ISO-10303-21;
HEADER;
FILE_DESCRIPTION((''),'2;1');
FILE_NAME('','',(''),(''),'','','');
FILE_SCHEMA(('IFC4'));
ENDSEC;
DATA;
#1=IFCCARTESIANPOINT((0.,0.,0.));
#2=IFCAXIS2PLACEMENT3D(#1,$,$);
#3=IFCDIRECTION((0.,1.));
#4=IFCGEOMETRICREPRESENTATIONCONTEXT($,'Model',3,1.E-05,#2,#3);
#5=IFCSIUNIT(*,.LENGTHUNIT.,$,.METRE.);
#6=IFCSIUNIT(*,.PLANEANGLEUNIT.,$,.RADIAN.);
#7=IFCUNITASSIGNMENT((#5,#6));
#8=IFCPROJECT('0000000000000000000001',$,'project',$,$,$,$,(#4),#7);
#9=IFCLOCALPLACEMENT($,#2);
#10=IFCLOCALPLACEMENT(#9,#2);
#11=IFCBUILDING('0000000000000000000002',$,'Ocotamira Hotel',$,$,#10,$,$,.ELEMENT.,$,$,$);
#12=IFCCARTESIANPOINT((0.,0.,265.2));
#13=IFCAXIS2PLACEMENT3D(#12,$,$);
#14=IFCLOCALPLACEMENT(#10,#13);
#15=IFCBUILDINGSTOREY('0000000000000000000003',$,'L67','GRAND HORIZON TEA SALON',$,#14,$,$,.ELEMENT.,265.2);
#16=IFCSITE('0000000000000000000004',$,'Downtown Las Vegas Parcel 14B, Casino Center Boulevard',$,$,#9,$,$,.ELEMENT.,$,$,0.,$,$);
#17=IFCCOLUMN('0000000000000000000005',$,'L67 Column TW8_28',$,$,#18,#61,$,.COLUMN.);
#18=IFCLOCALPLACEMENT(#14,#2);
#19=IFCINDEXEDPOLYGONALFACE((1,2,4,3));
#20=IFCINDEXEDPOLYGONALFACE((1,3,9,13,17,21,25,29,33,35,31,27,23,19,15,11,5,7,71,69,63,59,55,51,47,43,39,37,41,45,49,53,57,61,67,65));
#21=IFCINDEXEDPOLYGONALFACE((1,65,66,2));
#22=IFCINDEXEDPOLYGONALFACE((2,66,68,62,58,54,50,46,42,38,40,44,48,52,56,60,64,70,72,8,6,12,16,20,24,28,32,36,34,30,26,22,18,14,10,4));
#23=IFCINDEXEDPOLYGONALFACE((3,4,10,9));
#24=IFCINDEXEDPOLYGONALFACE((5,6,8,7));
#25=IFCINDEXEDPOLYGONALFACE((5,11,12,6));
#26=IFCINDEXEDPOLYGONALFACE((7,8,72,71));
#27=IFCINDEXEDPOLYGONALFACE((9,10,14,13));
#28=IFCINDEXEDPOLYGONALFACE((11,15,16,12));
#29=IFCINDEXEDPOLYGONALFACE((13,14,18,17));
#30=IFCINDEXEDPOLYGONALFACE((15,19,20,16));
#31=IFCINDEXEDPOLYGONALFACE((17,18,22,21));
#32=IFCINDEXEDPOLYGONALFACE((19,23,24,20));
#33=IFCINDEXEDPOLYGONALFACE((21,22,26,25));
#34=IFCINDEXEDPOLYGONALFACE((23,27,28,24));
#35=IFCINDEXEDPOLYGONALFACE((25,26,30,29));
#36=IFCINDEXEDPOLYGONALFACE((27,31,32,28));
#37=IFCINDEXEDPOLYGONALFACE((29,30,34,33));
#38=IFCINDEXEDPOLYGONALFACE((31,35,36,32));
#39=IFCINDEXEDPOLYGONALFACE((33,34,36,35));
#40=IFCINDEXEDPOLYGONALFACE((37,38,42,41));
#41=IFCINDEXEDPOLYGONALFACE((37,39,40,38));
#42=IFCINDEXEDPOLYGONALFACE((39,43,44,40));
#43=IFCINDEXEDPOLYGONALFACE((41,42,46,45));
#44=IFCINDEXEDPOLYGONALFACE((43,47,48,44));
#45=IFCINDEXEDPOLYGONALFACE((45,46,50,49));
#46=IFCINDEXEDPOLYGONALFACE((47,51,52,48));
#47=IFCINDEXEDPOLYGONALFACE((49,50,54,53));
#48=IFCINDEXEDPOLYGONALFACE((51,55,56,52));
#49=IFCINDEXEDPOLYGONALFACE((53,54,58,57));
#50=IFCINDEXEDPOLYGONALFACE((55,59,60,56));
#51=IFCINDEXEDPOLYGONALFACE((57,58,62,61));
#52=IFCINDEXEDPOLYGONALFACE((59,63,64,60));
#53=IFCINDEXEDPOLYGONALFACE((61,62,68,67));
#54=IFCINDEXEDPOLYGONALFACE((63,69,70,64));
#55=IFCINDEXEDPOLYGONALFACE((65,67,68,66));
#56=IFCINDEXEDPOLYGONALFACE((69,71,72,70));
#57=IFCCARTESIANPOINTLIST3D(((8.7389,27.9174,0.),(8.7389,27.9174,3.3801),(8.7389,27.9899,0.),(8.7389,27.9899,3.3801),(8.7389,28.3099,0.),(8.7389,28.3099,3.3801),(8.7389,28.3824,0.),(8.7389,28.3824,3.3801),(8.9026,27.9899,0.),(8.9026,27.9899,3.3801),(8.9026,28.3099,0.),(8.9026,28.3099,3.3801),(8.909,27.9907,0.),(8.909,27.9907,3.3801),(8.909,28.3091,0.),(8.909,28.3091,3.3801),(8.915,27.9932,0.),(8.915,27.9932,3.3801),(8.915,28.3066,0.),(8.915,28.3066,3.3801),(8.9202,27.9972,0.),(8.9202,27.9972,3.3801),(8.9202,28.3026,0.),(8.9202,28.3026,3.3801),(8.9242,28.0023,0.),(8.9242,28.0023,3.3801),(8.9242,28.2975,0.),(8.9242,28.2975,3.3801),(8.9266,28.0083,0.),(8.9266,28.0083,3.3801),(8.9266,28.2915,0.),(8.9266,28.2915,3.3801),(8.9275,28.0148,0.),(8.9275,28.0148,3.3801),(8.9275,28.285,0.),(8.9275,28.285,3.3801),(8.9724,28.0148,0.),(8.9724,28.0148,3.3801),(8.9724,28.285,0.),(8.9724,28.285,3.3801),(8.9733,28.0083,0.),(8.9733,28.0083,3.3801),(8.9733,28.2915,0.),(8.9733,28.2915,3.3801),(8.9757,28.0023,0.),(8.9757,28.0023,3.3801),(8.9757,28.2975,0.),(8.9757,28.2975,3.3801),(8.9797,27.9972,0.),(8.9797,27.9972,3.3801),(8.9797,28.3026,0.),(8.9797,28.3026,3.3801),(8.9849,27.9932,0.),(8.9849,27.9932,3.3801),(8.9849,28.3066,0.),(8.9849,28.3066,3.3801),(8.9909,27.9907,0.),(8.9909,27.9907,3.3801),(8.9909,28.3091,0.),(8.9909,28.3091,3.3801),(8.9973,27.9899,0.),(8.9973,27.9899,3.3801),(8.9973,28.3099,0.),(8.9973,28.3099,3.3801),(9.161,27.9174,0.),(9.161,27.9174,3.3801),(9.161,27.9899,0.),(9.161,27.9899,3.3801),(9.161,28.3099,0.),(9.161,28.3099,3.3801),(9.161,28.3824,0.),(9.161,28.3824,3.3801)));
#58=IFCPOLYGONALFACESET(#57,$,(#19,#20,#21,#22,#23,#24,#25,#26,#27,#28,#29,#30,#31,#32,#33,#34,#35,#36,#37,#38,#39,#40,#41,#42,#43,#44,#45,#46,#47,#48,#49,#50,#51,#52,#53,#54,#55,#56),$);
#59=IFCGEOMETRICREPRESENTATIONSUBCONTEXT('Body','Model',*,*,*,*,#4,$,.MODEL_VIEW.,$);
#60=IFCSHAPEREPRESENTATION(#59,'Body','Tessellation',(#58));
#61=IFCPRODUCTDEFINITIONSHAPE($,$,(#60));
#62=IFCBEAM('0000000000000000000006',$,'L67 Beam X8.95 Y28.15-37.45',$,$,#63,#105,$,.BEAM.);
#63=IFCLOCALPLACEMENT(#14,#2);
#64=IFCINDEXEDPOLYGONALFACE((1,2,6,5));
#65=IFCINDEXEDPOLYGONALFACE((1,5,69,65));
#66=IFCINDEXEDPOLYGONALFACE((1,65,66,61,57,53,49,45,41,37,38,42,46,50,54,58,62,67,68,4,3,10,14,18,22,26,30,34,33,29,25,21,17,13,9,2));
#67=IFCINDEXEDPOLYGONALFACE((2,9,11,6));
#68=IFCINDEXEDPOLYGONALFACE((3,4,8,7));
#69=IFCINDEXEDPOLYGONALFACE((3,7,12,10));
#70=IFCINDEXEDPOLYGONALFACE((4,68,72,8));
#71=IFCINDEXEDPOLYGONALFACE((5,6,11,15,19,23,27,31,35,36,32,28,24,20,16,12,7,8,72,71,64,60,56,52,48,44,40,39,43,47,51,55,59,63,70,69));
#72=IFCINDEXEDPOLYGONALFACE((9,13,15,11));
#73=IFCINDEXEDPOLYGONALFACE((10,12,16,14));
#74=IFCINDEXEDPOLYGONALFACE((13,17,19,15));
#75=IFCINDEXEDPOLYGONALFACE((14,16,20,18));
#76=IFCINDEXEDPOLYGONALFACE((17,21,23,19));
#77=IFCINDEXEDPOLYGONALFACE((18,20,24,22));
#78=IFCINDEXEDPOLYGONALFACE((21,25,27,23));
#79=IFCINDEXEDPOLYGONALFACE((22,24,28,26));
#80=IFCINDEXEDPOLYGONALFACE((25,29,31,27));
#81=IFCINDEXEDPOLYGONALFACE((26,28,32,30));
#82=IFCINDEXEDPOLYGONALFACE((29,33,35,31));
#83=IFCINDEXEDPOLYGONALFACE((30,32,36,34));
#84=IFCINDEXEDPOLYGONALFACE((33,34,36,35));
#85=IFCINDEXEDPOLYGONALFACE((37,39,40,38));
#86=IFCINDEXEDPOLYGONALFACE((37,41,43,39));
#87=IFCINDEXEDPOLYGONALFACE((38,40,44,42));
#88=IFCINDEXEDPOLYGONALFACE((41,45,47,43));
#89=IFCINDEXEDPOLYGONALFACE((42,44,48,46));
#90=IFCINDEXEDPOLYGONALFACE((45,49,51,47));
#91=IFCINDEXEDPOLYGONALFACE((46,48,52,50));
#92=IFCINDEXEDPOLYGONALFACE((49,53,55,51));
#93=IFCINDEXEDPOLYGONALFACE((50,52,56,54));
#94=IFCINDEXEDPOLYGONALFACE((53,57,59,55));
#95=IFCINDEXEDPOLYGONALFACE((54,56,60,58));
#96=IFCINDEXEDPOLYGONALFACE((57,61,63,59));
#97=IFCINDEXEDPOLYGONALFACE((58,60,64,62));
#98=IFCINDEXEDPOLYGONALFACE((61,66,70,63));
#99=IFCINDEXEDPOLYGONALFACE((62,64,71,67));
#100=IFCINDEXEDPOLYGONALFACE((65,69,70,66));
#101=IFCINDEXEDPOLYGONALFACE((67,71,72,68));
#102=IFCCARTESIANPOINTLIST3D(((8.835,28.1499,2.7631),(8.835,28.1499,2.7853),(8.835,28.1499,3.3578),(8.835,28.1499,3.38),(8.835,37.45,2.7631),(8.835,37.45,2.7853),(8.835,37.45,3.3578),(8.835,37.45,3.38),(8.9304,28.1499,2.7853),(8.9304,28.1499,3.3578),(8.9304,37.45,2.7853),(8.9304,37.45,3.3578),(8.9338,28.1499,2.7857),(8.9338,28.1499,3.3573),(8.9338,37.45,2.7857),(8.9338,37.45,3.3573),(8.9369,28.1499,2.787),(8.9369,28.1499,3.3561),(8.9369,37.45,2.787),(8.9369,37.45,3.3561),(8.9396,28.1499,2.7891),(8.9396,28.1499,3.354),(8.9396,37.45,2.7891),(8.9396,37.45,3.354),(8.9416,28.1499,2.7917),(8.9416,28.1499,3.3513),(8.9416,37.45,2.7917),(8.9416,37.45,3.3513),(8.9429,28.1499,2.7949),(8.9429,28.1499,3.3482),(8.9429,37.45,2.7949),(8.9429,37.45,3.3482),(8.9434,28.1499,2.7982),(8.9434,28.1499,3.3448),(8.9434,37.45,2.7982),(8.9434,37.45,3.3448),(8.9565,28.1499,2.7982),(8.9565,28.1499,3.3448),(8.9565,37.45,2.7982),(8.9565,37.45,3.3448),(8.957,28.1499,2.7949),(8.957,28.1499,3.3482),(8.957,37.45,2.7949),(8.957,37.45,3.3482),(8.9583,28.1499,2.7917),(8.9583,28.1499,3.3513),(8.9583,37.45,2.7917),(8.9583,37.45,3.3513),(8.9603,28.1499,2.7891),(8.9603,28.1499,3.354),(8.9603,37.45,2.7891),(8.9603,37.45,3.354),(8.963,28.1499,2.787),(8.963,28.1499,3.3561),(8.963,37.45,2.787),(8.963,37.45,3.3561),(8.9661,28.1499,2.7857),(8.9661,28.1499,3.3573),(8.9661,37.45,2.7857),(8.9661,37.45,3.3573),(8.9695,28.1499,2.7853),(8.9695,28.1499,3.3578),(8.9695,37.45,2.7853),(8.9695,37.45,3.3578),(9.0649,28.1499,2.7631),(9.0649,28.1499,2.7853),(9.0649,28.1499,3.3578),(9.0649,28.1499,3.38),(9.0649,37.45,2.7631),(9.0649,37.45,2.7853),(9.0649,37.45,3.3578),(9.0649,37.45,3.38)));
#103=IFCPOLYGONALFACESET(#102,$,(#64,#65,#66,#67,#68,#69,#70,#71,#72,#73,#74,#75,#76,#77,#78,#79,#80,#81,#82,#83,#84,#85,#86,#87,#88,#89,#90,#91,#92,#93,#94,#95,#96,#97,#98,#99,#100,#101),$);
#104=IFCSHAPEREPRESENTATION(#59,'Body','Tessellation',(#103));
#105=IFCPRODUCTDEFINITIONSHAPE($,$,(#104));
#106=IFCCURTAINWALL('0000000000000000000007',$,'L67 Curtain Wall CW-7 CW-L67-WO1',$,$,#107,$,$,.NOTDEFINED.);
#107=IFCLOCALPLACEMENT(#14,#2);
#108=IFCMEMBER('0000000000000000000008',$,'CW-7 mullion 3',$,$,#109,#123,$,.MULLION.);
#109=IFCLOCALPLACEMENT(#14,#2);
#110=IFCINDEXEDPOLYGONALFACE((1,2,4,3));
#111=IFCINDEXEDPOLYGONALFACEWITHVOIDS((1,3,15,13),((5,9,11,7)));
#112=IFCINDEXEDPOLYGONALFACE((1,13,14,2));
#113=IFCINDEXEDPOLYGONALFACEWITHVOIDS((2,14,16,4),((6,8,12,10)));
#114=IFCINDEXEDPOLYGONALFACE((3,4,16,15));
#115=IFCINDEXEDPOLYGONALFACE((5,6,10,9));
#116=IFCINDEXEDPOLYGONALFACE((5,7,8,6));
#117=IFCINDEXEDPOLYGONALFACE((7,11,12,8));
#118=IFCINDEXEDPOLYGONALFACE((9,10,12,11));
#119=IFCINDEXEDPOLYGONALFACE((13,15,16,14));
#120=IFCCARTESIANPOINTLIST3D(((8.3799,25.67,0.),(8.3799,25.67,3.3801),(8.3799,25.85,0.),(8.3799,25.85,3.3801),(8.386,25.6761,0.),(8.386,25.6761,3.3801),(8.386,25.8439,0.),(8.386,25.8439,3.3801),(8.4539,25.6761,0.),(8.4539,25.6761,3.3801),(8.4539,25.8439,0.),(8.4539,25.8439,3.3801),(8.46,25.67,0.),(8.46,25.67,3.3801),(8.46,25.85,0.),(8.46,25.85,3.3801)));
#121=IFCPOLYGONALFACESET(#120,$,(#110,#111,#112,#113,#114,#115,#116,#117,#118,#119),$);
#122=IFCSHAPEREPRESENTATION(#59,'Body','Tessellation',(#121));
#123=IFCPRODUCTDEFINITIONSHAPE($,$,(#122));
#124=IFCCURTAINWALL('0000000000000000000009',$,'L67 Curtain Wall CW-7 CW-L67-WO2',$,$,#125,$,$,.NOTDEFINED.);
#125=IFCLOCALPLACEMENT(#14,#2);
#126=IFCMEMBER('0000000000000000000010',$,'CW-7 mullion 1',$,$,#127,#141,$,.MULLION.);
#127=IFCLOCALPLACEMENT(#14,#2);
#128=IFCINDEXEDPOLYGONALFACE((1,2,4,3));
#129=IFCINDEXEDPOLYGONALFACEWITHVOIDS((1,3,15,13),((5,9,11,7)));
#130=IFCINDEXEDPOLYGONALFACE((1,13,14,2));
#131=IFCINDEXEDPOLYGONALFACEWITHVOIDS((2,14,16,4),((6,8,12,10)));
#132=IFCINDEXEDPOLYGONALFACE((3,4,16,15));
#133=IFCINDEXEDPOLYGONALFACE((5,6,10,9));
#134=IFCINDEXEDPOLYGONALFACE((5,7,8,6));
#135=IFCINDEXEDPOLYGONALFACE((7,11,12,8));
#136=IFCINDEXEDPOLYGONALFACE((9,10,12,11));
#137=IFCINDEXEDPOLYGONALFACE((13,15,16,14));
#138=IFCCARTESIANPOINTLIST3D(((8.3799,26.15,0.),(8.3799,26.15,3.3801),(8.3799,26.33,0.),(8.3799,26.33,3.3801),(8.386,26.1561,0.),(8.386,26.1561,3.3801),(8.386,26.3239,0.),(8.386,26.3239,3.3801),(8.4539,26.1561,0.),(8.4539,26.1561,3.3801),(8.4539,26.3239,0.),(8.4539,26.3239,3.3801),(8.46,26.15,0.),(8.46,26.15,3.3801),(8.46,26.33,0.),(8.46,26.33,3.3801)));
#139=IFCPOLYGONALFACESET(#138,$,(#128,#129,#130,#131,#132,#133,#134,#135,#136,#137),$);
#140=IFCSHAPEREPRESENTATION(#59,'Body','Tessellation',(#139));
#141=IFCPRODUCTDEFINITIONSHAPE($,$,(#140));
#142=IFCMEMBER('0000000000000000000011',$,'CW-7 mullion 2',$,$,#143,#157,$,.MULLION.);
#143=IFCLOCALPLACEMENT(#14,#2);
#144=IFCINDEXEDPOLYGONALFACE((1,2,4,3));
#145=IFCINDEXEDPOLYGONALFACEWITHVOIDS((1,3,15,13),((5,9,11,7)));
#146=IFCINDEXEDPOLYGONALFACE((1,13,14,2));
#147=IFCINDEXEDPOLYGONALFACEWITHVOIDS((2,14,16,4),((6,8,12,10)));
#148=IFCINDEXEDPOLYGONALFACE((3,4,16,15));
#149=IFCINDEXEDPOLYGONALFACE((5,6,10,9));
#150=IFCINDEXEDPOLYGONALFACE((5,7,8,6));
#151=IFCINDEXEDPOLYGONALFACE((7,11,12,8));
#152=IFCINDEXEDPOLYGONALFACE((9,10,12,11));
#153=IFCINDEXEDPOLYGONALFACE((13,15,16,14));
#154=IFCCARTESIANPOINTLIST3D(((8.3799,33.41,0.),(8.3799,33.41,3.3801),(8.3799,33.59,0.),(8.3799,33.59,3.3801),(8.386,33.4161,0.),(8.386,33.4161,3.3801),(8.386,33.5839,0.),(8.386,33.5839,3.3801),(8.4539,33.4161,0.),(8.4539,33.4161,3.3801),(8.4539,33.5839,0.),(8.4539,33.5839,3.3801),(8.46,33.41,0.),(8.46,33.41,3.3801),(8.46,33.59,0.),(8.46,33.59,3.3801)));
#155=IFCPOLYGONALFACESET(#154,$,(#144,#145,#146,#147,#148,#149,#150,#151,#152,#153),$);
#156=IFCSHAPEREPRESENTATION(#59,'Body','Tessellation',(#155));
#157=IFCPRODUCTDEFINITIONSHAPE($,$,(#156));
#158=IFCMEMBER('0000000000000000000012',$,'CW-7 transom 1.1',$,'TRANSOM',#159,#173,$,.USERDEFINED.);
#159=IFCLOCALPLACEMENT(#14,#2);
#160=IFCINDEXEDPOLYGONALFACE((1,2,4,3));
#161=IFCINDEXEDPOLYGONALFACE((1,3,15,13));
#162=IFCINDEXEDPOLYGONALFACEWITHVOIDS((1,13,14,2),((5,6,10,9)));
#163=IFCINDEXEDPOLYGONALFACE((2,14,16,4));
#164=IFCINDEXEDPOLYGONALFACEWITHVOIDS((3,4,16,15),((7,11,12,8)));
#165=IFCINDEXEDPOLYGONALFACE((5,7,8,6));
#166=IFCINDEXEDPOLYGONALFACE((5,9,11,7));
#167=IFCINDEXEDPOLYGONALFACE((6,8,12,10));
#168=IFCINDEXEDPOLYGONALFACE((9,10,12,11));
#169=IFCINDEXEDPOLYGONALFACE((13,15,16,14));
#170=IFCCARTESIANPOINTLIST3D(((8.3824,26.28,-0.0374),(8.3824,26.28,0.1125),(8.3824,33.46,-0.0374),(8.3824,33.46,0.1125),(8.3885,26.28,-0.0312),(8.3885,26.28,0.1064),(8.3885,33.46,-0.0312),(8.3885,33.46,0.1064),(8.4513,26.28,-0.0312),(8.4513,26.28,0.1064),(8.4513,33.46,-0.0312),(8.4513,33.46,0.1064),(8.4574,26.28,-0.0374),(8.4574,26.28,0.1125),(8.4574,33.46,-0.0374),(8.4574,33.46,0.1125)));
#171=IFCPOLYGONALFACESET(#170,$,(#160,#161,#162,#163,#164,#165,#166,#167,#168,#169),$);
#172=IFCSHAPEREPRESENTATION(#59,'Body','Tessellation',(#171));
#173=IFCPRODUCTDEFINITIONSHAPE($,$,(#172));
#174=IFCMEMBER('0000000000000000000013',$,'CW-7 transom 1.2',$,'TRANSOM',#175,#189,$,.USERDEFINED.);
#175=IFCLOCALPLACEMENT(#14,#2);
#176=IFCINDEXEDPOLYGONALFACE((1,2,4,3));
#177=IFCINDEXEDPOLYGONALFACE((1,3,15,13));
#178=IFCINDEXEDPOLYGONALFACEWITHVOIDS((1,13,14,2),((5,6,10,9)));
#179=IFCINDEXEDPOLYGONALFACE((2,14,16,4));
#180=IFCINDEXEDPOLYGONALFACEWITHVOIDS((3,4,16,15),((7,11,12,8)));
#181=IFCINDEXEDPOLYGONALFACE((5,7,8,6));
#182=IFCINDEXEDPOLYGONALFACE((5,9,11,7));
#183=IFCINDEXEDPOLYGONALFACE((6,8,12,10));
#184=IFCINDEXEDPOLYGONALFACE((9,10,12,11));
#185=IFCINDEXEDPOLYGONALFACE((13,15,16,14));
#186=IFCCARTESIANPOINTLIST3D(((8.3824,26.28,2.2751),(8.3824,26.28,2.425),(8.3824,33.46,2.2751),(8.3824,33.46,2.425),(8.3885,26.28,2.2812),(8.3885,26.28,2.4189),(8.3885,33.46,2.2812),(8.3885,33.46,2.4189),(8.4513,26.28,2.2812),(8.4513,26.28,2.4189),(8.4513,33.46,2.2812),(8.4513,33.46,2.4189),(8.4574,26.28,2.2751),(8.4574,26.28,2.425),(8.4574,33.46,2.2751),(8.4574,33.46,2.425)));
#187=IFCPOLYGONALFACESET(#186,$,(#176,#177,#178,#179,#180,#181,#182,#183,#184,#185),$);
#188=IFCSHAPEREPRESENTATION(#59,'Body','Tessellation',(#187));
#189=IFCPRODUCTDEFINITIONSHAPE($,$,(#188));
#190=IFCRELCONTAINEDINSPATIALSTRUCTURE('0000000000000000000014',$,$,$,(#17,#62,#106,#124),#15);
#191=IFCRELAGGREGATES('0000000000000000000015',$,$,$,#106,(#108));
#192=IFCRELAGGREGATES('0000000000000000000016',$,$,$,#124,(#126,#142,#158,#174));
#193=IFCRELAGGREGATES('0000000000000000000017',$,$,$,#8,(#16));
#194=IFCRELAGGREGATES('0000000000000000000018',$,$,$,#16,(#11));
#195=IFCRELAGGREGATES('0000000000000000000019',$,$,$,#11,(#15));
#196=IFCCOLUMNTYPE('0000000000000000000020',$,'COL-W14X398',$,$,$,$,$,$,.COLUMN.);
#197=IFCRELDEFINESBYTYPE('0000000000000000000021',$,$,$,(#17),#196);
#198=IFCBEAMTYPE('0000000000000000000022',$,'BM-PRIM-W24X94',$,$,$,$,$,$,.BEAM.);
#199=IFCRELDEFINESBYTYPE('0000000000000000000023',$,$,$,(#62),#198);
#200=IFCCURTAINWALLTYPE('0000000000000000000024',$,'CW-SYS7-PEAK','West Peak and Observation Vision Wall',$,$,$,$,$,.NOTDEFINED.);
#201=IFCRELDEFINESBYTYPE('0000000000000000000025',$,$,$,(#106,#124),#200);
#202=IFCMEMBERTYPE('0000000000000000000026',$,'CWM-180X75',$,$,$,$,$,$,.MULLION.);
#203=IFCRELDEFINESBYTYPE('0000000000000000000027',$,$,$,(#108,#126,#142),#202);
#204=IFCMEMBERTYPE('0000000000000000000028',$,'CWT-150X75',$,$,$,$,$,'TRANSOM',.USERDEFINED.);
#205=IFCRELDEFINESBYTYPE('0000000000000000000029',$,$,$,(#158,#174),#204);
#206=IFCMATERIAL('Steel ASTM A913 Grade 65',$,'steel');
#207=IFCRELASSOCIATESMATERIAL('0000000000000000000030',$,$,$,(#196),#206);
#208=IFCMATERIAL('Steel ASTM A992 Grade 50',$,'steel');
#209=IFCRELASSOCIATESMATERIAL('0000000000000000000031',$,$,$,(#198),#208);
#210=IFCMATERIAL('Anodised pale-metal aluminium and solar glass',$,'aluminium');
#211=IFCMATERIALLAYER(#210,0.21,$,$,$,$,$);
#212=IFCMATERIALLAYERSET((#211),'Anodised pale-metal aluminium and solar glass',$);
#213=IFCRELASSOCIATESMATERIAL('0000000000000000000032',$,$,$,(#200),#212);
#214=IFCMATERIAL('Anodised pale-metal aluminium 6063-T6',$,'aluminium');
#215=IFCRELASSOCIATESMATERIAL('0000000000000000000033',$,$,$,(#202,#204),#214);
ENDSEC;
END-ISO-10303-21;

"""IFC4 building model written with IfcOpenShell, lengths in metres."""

from ifc_helpers import new_model, si_unit, direction, frame, origin, origin_2d, place, context, subcontext, project, spatial, hollow_rectangle, i_section, extrude, source, transform, mapped, material, layer, layer_set, material_profile, profile_set, type_object, element, aggregate, save


model = new_model("IFC4")

# Units and contexts
model_context = context("Model", 3, precision=1e-05, world=origin(), true_north=direction((0.0, 1.0)))
body_context = subcontext(model_context, "Body", "Model", "MODEL_VIEW")
ifc_project = project(units=[si_unit("LENGTHUNIT", "METRE"), si_unit("PLANEANGLEUNIT", "RADIAN")], contexts=[model_context])

# Site, building, storey
site_placement = place(None, origin())
site = spatial("IfcSite", under=ifc_project, at=site_placement, Name="Downtown Las Vegas Parcel 14B, Casino Center Boulevard", CompositionType="ELEMENT", RefElevation=0.0)
building_placement = place(site_placement, origin())
building = spatial("IfcBuilding", under=site, at=building_placement, Name="Ocotamira Hotel", CompositionType="ELEMENT")
storey_placement = place(building_placement, frame((0.0, 0.0, 265.2)))
storey = spatial("IfcBuildingStorey", under=building, at=storey_placement, Name="L67", Description="GRAND HORIZON TEA SALON", CompositionType="ELEMENT", Elevation=265.2)

# Column
ifc_material_1 = material(Name="Steel ASTM A913 Grade 65", Category="steel")
ifc_material_profile_1 = material_profile(ifc_material_1, i_section(OverallWidth=0.4221, OverallDepth=0.4651, WebThickness=0.0449, FlangeThickness=0.0725, FilletRadius=0.0249, at=origin_2d()), Name="W14X398")
ifc_profile_set_1 = profile_set([ifc_material_profile_1], Name="Steel ASTM A913 Grade 65")
column_type = type_object("IfcColumnType", Name="COL-W14X398", PredefinedType="COLUMN", material=ifc_profile_set_1)
shared_shape_1 = source(origin(), body_context, "Body", "SweptSolid", [
    extrude(i_section(OverallWidth=0.4221, OverallDepth=0.4651, WebThickness=0.0449, FlangeThickness=0.0725, FilletRadius=0.0249, at=origin_2d()), origin(), (0.0, 0.0, 1.0), 3.3801),
])
column_placement = place(storey_placement, frame((8.95, 28.1499, 0.0), z_axis=(0.0, 0.0, 1.0), x_axis=(1.0, 0.0, 0.0)))
element("IfcColumn", 1, at=column_placement, inside=storey, type_object=column_type, Name="L67 Column TW8_28", PredefinedType="COLUMN", context=body_context, shape_type="MappedRepresentation", body=[
    mapped(shared_shape_1, transform((0.0, 0.0, 0.0), scale=1.0)),
])

# Beam
ifc_material_2 = material(Name="Steel ASTM A992 Grade 50", Category="steel")
ifc_material_profile_2 = material_profile(ifc_material_2, i_section(OverallWidth=0.23, OverallDepth=0.6169, WebThickness=0.0132, FlangeThickness=0.0222, FilletRadius=0.0129, at=origin_2d()), Name="W24X94")
ifc_profile_set_2 = profile_set([ifc_material_profile_2], Name="Steel ASTM A992 Grade 50")
beam_type = type_object("IfcBeamType", Name="BM-PRIM-W24X94", PredefinedType="BEAM", material=ifc_profile_set_2)
shared_shape_2 = source(origin(), body_context, "Body", "SweptSolid", [
    extrude(i_section(OverallWidth=0.23, OverallDepth=0.6169, WebThickness=0.0132, FlangeThickness=0.0222, FilletRadius=0.0129, at=origin_2d()), origin(), (0.0, 0.0, 1.0), 9.3),
])
beam_placement = place(storey_placement, frame((8.95, 28.1499, 3.0715), z_axis=(0.0, 1.0, 0.0), x_axis=(-1.0, 0.0, 0.0)))
element("IfcBeam", 2, at=beam_placement, inside=storey, type_object=beam_type, Name="L67 Beam X8.95 Y28.15-37.45", PredefinedType="BEAM", context=body_context, shape_type="MappedRepresentation", body=[
    mapped(shared_shape_2, transform((0.0, 0.0, 0.0), scale=1.0)),
])

# Curtain wall, member
ifc_material_3 = material(Name="Anodised pale-metal aluminium and solar glass", Category="aluminium")
ifc_layer_1 = layer(ifc_material_3, 0.21)
ifc_layer_set_1 = layer_set([ifc_layer_1], Name="Anodised pale-metal aluminium and solar glass")
curtain_wall_type = type_object("IfcCurtainWallType", Name="CW-SYS7-PEAK", Description="West Peak and Observation Vision Wall", PredefinedType="NOTDEFINED", material=ifc_layer_set_1)
curtain_wall_1_placement = place(storey_placement, origin())
curtain_wall_1 = element("IfcCurtainWall", 3, at=curtain_wall_1_placement, inside=storey, type_object=curtain_wall_type, Name="L67 Curtain Wall CW-7 CW-L67-WO1", PredefinedType="NOTDEFINED")
ifc_material_4 = material(Name="Anodised pale-metal aluminium 6063-T6", Category="aluminium")
ifc_material_profile_3 = material_profile(ifc_material_4, hollow_rectangle(XDim=0.0801, YDim=0.1799, WallThickness=0.0061, at=origin_2d()), Name="HSS180X80X6")
ifc_profile_set_3 = profile_set([ifc_material_profile_3], Name="Anodised pale-metal aluminium 6063-T6")
member_type_1 = type_object("IfcMemberType", Name="CWM-180X75", PredefinedType="MULLION", material=ifc_profile_set_3)
shared_shape_3 = source(origin(), body_context, "Body", "SweptSolid", [
    extrude(hollow_rectangle(XDim=0.0801, YDim=0.1799, WallThickness=0.0061, at=origin_2d()), origin(), (0.0, 0.0, 1.0), 3.3801),
])
member_1_placement = place(storey_placement, frame((8.4199, 25.76, 0.0), z_axis=(0.0, 0.0, 1.0), x_axis=(-1.0, 0.0, 0.0)))
member_1 = element("IfcMember", 4, at=member_1_placement, type_object=member_type_1, Name="CW-7 mullion 3", PredefinedType="MULLION", context=body_context, shape_type="MappedRepresentation", body=[
    mapped(shared_shape_3, transform((0.0, 0.0, 0.0), scale=1.0)),
])
aggregate(curtain_wall_1, [member_1])

# Curtain wall, members
curtain_wall_2_placement = place(storey_placement, origin())
curtain_wall_2 = element("IfcCurtainWall", 5, at=curtain_wall_2_placement, inside=storey, type_object=curtain_wall_type, Name="L67 Curtain Wall CW-7 CW-L67-WO2", PredefinedType="NOTDEFINED")
member_2_placement = place(storey_placement, frame((8.4199, 26.24, 0.0), z_axis=(0.0, 0.0, 1.0), x_axis=(-1.0, 0.0, 0.0)))
member_2 = element("IfcMember", 6, at=member_2_placement, type_object=member_type_1, Name="CW-7 mullion 1", PredefinedType="MULLION", context=body_context, shape_type="MappedRepresentation", body=[
    mapped(shared_shape_3, transform((0.0, 0.0, 0.0), scale=1.0)),
])
member_3_placement = place(storey_placement, frame((8.4199, 33.5, 0.0), z_axis=(0.0, 0.0, 1.0), x_axis=(-1.0, 0.0, 0.0)))
member_3 = element("IfcMember", 7, at=member_3_placement, type_object=member_type_1, Name="CW-7 mullion 2", PredefinedType="MULLION", context=body_context, shape_type="MappedRepresentation", body=[
    mapped(shared_shape_3, transform((0.0, 0.0, 0.0), scale=1.0)),
])
ifc_material_profile_4 = material_profile(ifc_material_4, hollow_rectangle(XDim=0.075, YDim=0.1499, WallThickness=0.0061, at=origin_2d()), Name="HSS150X75X6")
ifc_profile_set_4 = profile_set([ifc_material_profile_4], Name="Anodised pale-metal aluminium 6063-T6")
member_type_2 = type_object("IfcMemberType", Name="CWT-150X75", ElementType="TRANSOM", PredefinedType="USERDEFINED", material=ifc_profile_set_4)
shared_shape_4 = source(origin(), body_context, "Body", "SweptSolid", [
    extrude(hollow_rectangle(XDim=0.075, YDim=0.1499, WallThickness=0.0061, at=origin_2d()), origin(), (0.0, 0.0, 1.0), 7.1799),
])
member_4_placement = place(storey_placement, frame((8.4199, 26.28, 0.0376), z_axis=(0.0, 1.0, 0.0), x_axis=(-1.0, 0.0, 0.0)))
member_4 = element("IfcMember", 8, at=member_4_placement, type_object=member_type_2, Name="CW-7 transom 1.1", ObjectType="TRANSOM", PredefinedType="USERDEFINED", context=body_context, shape_type="MappedRepresentation", body=[
    mapped(shared_shape_4, transform((0.0, 0.0, 0.0), scale=1.0)),
])
member_5_placement = place(storey_placement, frame((8.4199, 26.28, 2.3501), z_axis=(0.0, 1.0, 0.0), x_axis=(-1.0, 0.0, 0.0)))
member_5 = element("IfcMember", 9, at=member_5_placement, type_object=member_type_2, Name="CW-7 transom 1.2", ObjectType="TRANSOM", PredefinedType="USERDEFINED", context=body_context, shape_type="MappedRepresentation", body=[
    mapped(shared_shape_4, transform((0.0, 0.0, 0.0), scale=1.0)),
])
aggregate(curtain_wall_2, [member_2, member_3, member_4, member_5])

save(model, "model.ifc")
